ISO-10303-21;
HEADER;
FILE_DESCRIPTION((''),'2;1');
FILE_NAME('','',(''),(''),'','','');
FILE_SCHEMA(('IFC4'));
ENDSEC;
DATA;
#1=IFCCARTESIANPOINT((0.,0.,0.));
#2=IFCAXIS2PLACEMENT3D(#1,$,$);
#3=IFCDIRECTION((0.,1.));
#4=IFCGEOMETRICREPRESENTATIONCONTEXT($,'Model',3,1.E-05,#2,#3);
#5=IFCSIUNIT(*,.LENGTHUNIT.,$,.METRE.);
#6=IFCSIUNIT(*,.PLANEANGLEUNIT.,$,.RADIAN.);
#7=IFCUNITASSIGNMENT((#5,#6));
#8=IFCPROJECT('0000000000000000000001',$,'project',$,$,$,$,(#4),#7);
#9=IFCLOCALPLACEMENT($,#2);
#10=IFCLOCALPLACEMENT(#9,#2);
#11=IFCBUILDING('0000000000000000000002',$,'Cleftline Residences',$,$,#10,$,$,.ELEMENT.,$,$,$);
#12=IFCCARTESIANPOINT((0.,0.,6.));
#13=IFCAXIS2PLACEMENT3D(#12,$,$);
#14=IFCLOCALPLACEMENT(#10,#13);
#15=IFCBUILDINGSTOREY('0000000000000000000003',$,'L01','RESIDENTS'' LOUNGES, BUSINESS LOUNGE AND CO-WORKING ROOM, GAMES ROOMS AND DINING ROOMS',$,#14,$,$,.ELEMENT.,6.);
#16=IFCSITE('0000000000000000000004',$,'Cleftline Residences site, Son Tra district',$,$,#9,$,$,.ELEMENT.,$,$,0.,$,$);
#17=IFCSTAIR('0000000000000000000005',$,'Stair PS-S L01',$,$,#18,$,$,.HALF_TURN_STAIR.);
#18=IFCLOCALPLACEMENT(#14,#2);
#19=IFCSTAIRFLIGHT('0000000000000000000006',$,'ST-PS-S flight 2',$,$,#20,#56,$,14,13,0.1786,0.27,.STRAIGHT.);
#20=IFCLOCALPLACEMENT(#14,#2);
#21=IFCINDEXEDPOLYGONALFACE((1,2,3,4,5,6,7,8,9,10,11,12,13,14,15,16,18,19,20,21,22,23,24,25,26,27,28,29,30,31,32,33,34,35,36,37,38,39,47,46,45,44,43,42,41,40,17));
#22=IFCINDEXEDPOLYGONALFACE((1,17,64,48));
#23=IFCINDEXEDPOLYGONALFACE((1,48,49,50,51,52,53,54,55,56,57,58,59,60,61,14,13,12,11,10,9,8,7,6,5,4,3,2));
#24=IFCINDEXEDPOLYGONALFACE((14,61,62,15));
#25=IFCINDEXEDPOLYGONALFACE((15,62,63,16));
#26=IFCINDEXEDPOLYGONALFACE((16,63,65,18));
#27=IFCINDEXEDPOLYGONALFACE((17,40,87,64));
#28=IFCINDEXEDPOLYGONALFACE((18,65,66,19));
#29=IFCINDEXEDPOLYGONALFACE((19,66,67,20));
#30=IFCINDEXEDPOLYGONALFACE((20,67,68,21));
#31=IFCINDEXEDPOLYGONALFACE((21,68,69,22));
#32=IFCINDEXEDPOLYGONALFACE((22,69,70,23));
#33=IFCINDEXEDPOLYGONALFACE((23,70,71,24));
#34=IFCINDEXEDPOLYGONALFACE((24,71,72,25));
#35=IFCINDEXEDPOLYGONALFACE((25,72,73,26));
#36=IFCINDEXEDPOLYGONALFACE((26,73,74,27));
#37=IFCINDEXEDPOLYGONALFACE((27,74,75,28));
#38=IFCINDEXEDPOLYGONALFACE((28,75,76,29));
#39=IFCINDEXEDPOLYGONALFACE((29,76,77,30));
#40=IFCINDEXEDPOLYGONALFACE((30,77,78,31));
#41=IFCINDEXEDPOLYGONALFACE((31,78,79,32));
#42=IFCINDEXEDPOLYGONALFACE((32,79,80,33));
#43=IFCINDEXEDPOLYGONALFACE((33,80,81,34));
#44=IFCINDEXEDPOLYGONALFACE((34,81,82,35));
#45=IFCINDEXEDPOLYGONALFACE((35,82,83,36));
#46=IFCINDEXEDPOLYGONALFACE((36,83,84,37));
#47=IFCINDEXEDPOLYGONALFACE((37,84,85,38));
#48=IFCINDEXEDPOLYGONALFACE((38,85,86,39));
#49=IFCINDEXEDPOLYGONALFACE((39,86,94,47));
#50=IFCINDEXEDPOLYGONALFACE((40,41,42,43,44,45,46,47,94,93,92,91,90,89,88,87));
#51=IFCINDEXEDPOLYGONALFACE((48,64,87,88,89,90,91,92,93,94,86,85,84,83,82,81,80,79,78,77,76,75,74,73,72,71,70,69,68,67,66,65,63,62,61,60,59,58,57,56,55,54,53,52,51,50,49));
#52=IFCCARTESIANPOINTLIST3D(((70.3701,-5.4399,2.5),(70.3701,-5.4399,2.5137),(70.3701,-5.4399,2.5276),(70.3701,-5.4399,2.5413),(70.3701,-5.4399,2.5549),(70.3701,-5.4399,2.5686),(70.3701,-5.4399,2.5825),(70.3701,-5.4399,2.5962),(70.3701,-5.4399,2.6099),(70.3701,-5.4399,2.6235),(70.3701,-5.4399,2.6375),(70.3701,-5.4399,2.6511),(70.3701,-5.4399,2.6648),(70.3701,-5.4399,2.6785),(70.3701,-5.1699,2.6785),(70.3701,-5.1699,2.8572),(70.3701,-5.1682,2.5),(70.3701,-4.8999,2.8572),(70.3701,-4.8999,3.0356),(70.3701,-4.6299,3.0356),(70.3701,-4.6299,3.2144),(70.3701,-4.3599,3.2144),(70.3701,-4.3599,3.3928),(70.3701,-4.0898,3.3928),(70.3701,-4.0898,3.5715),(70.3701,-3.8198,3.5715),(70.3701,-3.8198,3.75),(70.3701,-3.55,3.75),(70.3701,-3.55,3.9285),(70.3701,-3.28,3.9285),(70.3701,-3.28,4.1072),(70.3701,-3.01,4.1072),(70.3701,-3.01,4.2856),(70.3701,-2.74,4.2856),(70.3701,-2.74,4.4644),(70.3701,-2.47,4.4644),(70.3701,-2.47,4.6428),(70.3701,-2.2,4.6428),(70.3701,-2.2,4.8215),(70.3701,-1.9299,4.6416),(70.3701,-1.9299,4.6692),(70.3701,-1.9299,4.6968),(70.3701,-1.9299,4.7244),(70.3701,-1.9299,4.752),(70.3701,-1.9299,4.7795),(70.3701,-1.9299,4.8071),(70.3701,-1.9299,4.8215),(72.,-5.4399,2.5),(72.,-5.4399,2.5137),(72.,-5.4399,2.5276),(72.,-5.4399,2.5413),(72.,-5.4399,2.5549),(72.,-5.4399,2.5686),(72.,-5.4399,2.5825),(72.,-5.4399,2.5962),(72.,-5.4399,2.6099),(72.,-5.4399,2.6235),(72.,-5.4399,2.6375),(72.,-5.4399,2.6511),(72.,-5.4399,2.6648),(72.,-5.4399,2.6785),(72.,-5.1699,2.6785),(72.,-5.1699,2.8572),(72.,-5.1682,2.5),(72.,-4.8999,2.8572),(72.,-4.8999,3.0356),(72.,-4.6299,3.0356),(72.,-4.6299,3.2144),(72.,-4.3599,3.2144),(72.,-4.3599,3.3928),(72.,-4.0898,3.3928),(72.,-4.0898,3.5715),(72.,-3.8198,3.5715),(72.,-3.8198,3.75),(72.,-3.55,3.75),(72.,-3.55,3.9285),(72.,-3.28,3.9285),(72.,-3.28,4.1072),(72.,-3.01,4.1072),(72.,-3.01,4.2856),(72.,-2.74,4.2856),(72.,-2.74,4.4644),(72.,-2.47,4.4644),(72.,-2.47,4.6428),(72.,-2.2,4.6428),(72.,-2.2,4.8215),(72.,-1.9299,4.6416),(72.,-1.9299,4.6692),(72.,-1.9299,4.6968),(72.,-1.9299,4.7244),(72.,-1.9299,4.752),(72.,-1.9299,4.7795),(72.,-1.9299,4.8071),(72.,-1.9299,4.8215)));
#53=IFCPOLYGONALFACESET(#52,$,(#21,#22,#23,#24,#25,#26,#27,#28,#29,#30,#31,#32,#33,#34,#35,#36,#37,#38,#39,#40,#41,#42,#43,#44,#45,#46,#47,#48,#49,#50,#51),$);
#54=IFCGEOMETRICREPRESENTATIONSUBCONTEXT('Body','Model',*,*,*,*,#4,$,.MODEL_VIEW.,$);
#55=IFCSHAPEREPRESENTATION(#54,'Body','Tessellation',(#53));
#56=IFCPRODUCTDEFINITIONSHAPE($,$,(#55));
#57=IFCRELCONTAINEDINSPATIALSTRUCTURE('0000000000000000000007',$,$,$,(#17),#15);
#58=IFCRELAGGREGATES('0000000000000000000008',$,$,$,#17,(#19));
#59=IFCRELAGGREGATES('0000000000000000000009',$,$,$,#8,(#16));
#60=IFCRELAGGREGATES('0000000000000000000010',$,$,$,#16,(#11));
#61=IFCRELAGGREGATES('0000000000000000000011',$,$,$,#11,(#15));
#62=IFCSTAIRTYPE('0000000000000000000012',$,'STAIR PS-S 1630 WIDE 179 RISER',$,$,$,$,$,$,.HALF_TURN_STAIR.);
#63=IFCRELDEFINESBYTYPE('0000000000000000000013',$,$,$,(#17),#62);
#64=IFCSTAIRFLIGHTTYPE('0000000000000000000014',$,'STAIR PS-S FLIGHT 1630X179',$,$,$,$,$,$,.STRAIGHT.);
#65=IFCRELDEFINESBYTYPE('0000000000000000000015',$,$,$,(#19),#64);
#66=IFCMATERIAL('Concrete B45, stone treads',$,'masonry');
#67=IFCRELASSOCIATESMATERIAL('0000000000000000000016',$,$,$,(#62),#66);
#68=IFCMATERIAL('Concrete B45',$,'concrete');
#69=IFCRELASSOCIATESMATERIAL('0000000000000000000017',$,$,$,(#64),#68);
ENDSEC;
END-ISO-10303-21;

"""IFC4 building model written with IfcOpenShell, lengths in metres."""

from ifc_helpers import new_model, si_unit, direction, frame, origin, place, context, subcontext, project, spatial, polyline, outline, extrude, material, type_object, element, aggregate, save


model = new_model("IFC4")

# Units and contexts
model_context = context("Model", 3, precision=1e-05, world=origin(), true_north=direction((0.0, 1.0)))
body_context = subcontext(model_context, "Body", "Model", "MODEL_VIEW")
ifc_project = project(units=[si_unit("LENGTHUNIT", "METRE"), si_unit("PLANEANGLEUNIT", "RADIAN")], contexts=[model_context])

# Site, building, storey
site_placement = place(None, origin())
site = spatial("IfcSite", under=ifc_project, at=site_placement, Name="Cleftline Residences site, Son Tra district", CompositionType="ELEMENT", RefElevation=0.0)
building_placement = place(site_placement, origin())
building = spatial("IfcBuilding", under=site, at=building_placement, Name="Cleftline Residences", CompositionType="ELEMENT")
storey_placement = place(building_placement, frame((0.0, 0.0, 6.0)))
storey = spatial("IfcBuildingStorey", under=building, at=storey_placement, Name="L01", Description="RESIDENTS' LOUNGES, BUSINESS LOUNGE AND CO-WORKING ROOM, GAMES ROOMS AND DINING ROOMS", CompositionType="ELEMENT", Elevation=6.0)

# Stair, stair flight
ifc_material_1 = material(Name="Concrete B45, stone treads", Category="masonry")
stair_type = type_object("IfcStairType", Name="STAIR PS-S 1630 WIDE 179 RISER", PredefinedType="HALF_TURN_STAIR", material=ifc_material_1)
stair_placement = place(storey_placement, origin())
stair = element("IfcStair", 1, at=stair_placement, inside=storey, type_object=stair_type, Name="Stair PS-S L01", PredefinedType="HALF_TURN_STAIR")
ifc_material_2 = material(Name="Concrete B45", Category="concrete")
stair_flight_type = type_object("IfcStairFlightType", Name="STAIR PS-S FLIGHT 1630X179", PredefinedType="STRAIGHT", material=ifc_material_2)
stair_flight_1_placement = place(storey_placement, frame((71.1851, -5.4399, 2.5), z_axis=(0.0, 0.0, 1.0), x_axis=(0.0, 1.0, 0.0)))
stair_flight_1 = element("IfcStairFlight", 2, at=stair_flight_1_placement, type_object=stair_flight_type, Name="ST-PS-S flight 2", NumberOfRisers=14, NumberOfTreads=13, PredefinedType="STRAIGHT", RiserHeight=0.1786, TreadLength=0.27, context=body_context, shape_type="SweptSolid", body=[
    extrude(outline(polyline([(0.0, 0.0), (0.0, 0.0137), (0.0, 0.0276), (0.0, 0.0413), (0.0, 0.0549), (0.0, 0.0686), (0.0, 0.0825), (0.0, 0.0962), (0.0, 0.1099), (0.0, 0.1235), (0.0, 0.1375), (0.0, 0.1511), (0.0, 0.1648), (0.0, 0.1785), (0.27, 0.1785), (0.27, 0.3572), (0.54, 0.3572), (0.54, 0.5356), (0.8101, 0.5356), (0.8101, 0.7144), (1.0801, 0.7144), (1.0801, 0.8928), (1.3501, 0.8928), (1.3501, 1.0715), (1.6201, 1.0715), (1.6201, 1.25), (1.8899, 1.25), (1.8899, 1.4285), (2.1599, 1.4285), (2.1599, 1.6072), (2.4299, 1.6072), (2.4299, 1.7856), (2.7, 1.7856), (2.7, 1.9644), (2.97, 1.9644), (2.97, 2.1428), (3.24, 2.1428), (3.24, 2.3215), (3.51, 2.3215), (3.51, 2.5), (3.51, 2.4724), (3.51, 2.4448), (3.51, 2.4172), (3.51, 2.3896), (3.51, 2.3623), (3.51, 2.3347), (3.51, 2.3071), (3.51, 2.2795), (3.51, 2.252), (3.51, 2.2244), (3.51, 2.1968), (3.51, 2.1692), (3.51, 2.1416), (0.2717, 0.0), (0.0, 0.0)])), frame((0.0, 0.8149, 0.0), z_axis=(0.0, -1.0, 0.0), x_axis=(1.0, 0.0, 0.0)), (0.0, 0.0, 1.0), 1.6299),
])
aggregate(stair, [stair_flight_1])

save(model, "model.ifc")
